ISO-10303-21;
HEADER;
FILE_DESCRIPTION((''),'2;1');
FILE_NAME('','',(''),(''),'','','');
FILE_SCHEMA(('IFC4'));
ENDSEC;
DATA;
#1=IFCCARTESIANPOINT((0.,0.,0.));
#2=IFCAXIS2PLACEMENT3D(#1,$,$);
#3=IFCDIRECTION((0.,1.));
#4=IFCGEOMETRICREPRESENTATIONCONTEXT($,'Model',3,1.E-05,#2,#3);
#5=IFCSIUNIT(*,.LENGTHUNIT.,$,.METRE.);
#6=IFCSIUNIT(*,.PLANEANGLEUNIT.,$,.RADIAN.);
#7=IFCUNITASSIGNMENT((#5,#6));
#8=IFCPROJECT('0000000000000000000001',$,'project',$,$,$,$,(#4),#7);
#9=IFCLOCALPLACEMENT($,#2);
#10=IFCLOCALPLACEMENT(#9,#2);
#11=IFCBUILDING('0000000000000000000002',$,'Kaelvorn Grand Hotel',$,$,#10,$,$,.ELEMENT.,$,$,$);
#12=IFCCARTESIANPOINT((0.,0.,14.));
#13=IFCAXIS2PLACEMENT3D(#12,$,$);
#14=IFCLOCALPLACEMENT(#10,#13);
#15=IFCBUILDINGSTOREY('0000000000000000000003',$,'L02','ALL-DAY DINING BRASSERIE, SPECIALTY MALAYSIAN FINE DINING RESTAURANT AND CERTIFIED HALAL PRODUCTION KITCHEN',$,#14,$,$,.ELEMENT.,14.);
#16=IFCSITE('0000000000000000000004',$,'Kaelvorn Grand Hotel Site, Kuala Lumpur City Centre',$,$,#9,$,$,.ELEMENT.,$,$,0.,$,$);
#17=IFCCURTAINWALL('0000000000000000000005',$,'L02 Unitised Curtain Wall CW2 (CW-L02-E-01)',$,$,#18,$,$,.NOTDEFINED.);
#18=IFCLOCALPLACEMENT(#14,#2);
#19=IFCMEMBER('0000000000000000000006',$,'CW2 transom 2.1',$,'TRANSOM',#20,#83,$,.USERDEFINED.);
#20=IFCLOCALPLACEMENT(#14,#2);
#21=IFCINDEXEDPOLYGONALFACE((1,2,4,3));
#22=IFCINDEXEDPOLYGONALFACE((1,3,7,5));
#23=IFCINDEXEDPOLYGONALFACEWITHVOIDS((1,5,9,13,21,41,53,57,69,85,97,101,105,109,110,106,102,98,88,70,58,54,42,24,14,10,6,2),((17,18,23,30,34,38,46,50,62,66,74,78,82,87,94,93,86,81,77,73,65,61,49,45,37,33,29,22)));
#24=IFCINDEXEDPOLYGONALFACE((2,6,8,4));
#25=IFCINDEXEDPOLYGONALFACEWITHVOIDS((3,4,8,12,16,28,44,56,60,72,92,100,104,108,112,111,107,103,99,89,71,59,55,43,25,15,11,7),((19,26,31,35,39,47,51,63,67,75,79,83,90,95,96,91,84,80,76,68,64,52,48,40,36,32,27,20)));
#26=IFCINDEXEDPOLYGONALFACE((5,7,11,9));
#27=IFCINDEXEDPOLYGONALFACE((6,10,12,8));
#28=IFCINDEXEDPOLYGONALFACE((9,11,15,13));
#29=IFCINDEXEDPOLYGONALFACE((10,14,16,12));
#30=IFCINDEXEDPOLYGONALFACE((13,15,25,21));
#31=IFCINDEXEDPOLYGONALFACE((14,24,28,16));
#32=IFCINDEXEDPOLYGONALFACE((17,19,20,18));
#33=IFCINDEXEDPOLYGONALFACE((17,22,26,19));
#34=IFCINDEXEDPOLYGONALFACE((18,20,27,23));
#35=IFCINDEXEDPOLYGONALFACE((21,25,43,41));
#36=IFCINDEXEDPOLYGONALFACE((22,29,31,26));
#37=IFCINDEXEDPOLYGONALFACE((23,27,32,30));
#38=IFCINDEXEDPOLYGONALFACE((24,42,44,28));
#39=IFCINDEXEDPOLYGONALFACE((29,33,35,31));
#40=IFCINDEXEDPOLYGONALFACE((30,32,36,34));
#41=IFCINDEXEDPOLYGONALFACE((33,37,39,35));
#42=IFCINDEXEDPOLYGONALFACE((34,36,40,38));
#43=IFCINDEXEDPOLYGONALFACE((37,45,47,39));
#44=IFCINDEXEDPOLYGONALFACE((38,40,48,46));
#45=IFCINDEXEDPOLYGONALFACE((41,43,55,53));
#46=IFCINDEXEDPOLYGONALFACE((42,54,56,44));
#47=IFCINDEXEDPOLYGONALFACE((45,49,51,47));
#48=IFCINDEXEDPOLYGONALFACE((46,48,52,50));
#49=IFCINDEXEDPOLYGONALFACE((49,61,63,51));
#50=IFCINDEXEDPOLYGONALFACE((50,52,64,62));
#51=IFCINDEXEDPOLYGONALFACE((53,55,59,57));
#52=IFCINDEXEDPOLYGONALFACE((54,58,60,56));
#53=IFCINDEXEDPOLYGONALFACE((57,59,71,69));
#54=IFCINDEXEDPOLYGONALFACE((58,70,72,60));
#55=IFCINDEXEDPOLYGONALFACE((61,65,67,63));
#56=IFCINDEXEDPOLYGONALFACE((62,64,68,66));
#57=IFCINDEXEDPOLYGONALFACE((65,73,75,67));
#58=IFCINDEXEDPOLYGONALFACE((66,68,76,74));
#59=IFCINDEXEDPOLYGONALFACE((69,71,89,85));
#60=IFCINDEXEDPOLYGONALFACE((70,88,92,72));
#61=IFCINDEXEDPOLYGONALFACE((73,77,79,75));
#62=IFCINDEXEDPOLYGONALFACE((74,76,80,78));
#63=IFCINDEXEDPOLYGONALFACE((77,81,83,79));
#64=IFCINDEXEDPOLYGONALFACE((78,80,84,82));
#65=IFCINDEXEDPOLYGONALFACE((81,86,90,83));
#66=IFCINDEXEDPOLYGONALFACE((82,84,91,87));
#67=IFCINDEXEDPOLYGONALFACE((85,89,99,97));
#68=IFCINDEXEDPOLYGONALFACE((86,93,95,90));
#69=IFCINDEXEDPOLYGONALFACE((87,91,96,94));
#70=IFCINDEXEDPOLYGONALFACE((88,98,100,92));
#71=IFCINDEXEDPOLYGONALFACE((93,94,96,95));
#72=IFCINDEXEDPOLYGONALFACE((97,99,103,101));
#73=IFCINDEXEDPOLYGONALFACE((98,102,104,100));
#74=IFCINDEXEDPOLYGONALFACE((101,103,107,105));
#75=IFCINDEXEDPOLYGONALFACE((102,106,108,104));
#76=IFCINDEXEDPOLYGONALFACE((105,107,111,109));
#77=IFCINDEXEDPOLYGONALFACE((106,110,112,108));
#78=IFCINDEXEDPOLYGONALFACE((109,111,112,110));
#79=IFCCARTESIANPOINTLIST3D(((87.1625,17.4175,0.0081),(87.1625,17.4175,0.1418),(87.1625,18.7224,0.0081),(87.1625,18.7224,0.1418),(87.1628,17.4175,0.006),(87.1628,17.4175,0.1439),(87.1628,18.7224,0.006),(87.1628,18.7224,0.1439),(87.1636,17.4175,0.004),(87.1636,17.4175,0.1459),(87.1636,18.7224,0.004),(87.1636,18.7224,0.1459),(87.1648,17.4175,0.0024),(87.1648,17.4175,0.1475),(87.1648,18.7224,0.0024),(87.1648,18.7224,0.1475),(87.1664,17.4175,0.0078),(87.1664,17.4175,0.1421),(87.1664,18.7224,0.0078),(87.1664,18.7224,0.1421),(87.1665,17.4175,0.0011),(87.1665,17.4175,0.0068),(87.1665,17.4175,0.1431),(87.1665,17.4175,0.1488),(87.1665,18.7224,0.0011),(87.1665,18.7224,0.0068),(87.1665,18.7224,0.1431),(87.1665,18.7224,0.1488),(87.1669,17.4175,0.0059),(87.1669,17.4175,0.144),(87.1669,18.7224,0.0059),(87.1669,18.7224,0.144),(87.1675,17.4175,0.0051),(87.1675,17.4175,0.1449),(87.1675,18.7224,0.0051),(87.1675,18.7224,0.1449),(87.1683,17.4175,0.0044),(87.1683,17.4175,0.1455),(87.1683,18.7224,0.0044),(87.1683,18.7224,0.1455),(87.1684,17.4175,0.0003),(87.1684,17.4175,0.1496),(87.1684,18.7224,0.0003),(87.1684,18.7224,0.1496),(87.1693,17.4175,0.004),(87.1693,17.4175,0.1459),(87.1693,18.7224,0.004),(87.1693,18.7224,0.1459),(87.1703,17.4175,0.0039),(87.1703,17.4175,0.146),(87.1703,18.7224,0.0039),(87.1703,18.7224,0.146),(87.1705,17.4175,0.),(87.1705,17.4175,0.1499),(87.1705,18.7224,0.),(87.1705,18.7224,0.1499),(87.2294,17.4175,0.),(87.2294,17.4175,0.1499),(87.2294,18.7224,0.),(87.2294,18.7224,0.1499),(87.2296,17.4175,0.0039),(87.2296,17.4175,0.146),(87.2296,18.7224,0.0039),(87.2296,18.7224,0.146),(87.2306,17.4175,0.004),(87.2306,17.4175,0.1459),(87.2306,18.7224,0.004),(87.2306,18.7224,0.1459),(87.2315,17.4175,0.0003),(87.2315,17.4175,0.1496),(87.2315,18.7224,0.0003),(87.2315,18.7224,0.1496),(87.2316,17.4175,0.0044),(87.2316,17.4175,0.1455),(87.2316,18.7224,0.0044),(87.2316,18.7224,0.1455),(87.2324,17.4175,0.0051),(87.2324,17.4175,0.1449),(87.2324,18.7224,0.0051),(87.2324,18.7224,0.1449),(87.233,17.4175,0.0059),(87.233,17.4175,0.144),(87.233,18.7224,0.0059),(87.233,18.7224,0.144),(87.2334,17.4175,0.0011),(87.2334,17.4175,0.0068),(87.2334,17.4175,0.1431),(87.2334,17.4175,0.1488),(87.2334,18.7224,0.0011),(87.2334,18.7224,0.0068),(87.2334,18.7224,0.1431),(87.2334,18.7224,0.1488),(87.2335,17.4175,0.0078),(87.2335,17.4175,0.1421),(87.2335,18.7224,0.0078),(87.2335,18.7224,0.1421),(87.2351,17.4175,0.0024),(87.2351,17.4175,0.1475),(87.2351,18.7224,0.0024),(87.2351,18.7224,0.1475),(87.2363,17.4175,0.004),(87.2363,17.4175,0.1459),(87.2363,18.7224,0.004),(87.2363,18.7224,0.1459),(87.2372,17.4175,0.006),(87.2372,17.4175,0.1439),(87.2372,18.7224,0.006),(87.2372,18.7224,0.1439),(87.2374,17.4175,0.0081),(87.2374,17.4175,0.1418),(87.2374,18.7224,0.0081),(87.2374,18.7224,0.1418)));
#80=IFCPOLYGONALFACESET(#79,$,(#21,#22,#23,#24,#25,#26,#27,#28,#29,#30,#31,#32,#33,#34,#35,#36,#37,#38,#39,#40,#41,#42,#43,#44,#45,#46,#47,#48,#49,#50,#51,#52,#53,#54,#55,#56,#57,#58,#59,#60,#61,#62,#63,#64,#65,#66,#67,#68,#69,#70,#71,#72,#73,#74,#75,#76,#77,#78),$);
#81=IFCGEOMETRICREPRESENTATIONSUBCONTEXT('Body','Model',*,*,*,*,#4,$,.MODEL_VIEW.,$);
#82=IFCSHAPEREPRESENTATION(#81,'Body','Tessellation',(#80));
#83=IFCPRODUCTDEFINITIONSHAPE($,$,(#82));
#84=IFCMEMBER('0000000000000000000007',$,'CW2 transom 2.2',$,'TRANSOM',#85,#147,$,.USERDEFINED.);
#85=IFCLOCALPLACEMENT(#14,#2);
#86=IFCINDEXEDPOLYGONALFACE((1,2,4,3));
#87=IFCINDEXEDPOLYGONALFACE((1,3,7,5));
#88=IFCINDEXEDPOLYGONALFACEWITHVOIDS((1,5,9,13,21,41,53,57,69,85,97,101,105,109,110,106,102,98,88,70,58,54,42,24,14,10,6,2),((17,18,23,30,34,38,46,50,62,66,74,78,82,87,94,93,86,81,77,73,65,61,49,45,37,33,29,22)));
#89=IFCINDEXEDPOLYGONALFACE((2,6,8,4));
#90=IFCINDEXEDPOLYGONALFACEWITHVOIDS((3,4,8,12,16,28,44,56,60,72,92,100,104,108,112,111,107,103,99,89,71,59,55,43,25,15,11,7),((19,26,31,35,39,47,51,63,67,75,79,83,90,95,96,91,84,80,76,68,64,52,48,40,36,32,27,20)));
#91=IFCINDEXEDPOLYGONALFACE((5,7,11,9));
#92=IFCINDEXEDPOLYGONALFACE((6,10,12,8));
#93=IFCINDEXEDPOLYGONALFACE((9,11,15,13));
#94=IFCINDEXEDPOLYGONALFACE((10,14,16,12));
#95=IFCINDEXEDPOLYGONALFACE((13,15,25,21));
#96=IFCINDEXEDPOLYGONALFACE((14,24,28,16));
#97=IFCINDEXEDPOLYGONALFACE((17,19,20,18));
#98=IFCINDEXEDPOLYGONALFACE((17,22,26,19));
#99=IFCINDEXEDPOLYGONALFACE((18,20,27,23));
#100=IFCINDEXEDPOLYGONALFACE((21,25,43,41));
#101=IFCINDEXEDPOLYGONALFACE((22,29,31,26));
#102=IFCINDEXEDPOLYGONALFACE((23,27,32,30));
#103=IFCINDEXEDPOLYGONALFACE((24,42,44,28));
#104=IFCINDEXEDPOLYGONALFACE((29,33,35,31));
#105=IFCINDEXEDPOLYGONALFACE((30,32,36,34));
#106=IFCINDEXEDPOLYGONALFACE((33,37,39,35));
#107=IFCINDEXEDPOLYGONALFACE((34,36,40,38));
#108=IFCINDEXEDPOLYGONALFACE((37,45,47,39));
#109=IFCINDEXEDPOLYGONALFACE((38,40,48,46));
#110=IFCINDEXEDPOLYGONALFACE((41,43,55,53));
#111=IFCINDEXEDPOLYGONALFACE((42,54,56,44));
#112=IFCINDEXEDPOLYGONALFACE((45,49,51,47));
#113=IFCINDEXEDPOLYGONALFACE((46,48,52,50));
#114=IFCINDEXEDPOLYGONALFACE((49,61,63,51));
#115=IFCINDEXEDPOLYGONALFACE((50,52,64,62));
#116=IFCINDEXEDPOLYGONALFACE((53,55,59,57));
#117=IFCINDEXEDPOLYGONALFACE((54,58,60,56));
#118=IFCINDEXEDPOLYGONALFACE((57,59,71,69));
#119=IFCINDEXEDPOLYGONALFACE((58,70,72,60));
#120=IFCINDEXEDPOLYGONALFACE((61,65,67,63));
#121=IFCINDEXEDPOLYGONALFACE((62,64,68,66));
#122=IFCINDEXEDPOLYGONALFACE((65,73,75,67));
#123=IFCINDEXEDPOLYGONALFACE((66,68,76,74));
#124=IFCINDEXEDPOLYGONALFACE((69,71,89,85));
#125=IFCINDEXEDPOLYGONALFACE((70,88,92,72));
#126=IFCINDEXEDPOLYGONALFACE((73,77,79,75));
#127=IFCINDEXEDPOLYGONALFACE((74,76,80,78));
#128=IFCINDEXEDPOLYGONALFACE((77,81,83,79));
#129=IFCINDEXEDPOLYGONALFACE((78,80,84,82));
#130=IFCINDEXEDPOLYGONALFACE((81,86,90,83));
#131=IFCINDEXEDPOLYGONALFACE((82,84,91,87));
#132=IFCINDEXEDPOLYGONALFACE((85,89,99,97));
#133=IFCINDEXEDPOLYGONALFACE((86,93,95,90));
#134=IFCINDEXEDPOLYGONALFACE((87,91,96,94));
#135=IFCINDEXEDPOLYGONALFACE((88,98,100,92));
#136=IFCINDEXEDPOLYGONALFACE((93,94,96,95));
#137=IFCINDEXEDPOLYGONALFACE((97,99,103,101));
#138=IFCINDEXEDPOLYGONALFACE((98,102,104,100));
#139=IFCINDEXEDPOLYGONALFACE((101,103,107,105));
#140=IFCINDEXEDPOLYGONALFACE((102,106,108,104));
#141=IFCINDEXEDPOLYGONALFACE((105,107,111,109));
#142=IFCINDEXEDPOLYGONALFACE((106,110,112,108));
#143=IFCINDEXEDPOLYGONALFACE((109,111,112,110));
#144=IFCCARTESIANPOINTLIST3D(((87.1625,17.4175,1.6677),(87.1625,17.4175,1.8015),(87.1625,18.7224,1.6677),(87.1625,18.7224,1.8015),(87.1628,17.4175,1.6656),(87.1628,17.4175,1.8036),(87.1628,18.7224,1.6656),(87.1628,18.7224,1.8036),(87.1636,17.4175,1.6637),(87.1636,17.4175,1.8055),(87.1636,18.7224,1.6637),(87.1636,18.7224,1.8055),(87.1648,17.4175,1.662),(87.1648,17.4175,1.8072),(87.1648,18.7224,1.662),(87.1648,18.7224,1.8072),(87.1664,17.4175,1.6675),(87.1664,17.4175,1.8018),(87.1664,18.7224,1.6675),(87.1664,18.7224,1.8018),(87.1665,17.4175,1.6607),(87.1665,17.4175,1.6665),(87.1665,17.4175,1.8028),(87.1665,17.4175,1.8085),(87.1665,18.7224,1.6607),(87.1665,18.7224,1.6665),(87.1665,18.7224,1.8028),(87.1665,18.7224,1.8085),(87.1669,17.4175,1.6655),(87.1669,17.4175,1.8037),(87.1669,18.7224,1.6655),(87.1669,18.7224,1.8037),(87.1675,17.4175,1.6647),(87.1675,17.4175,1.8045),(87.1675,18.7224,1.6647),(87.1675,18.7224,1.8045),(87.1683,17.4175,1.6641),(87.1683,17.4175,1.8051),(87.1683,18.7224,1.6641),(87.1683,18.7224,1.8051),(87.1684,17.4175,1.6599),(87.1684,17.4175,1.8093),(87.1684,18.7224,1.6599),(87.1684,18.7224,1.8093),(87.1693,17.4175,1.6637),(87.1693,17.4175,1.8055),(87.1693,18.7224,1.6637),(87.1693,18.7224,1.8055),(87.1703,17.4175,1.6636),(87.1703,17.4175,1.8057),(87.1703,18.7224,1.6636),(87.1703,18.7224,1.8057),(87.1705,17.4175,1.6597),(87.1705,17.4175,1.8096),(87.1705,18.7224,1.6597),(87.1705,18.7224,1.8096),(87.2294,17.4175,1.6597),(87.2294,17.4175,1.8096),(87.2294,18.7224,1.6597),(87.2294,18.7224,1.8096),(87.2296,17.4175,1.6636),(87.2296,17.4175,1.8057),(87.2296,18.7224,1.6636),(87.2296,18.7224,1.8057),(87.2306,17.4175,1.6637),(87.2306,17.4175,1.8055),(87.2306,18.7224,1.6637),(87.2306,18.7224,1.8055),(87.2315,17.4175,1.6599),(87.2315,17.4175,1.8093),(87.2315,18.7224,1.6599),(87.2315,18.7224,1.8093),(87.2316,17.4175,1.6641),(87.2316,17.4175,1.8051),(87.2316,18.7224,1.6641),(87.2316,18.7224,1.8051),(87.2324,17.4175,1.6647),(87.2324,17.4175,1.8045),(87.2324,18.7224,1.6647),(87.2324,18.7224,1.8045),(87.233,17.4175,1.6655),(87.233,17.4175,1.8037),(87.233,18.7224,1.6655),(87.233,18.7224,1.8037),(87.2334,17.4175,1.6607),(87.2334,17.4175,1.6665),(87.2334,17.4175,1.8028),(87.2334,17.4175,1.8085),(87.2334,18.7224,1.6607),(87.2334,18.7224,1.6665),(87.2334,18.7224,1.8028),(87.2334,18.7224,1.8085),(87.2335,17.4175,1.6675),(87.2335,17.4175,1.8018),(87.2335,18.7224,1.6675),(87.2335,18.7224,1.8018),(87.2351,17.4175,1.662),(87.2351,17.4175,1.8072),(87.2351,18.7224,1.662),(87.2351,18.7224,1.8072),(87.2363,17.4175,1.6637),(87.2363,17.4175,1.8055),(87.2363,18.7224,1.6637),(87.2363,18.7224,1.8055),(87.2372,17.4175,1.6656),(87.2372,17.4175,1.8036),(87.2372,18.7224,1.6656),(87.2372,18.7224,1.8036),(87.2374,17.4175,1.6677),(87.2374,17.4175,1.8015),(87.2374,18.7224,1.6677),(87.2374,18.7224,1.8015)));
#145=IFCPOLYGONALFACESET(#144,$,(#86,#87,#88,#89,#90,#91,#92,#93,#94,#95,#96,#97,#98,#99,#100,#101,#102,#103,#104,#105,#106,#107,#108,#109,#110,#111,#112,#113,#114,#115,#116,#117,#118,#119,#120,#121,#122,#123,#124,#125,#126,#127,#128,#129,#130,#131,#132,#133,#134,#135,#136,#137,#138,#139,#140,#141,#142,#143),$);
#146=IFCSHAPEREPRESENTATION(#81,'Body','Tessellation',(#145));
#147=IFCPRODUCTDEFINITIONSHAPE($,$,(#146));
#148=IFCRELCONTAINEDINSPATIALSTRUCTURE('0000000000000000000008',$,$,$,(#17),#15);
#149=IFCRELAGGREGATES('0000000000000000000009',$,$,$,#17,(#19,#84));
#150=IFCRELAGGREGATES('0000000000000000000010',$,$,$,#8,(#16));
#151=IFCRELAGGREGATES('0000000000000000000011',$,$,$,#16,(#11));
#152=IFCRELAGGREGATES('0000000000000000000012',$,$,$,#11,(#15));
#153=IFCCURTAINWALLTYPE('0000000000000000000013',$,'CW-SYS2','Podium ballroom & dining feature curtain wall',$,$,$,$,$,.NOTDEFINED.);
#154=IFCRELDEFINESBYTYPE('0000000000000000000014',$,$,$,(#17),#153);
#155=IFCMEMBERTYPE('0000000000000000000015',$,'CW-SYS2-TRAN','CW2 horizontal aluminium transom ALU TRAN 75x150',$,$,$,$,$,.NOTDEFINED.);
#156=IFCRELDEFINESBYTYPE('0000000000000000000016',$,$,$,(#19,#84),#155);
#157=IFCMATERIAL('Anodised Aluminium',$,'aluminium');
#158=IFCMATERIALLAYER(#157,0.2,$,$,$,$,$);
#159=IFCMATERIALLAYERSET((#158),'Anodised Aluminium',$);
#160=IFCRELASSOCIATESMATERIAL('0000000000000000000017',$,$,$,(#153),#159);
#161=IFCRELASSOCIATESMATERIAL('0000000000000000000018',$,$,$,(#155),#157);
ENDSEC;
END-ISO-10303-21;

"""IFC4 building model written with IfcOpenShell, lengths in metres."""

from ifc_helpers import new_model, si_unit, direction, frame, origin, origin_2d, place, context, subcontext, project, spatial, hollow_rectangle, extrude, material, layer, layer_set, material_profile, profile_set, type_object, element, aggregate, save


model = new_model("IFC4")

# Units and contexts
model_context = context("Model", 3, precision=1e-05, world=origin(), true_north=direction((0.0, 1.0)))
body_context = subcontext(model_context, "Body", "Model", "MODEL_VIEW")
ifc_project = project(units=[si_unit("LENGTHUNIT", "METRE"), si_unit("PLANEANGLEUNIT", "RADIAN")], contexts=[model_context])

# Site, building, storey
site_placement = place(None, origin())
site = spatial("IfcSite", under=ifc_project, at=site_placement, Name="Kaelvorn Grand Hotel Site, Kuala Lumpur City Centre", CompositionType="ELEMENT", RefElevation=0.0)
building_placement = place(site_placement, origin())
building = spatial("IfcBuilding", under=site, at=building_placement, Name="Kaelvorn Grand Hotel", CompositionType="ELEMENT")
storey_placement = place(building_placement, frame((0.0, 0.0, 14.0)))
storey = spatial("IfcBuildingStorey", under=building, at=storey_placement, Name="L02", Description="ALL-DAY DINING BRASSERIE, SPECIALTY MALAYSIAN FINE DINING RESTAURANT AND CERTIFIED HALAL PRODUCTION KITCHEN", CompositionType="ELEMENT", Elevation=14.0)

# Curtain wall, members
ifc_material_1 = material(Name="Anodised Aluminium", Category="aluminium")
ifc_layer_1 = layer(ifc_material_1, 0.2)
ifc_layer_set_1 = layer_set([ifc_layer_1], Name="Anodised Aluminium")
curtain_wall_type = type_object("IfcCurtainWallType", Name="CW-SYS2", Description="Podium ballroom & dining feature curtain wall", PredefinedType="NOTDEFINED", material=ifc_layer_set_1)
curtain_wall_placement = place(storey_placement, origin())
curtain_wall = element("IfcCurtainWall", 1, at=curtain_wall_placement, inside=storey, type_object=curtain_wall_type, Name="L02 Unitised Curtain Wall CW2 (CW-L02-E-01)", PredefinedType="NOTDEFINED")
ifc_material_profile_1 = material_profile(ifc_material_1, hollow_rectangle(XDim=0.075, YDim=0.1499, WallThickness=0.0039, InnerFilletRadius=0.0039, OuterFilletRadius=0.0081, at=origin_2d()), Name="ALU TRAN 75x150")
ifc_profile_set_1 = profile_set([ifc_material_profile_1], Name="Anodised Aluminium")
member_type_1 = type_object("IfcMemberType", Name="CW-SYS2-TRAN", Description="CW2 horizontal aluminium transom ALU TRAN 75x150", PredefinedType="NOTDEFINED", material=ifc_profile_set_1)
member_1_placement = place(storey_placement, frame((87.2, 17.4175, 0.075), z_axis=(0.0, 1.0, 0.0), x_axis=(-1.0, 0.0, 0.0)))
member_1 = element("IfcMember", 2, at=member_1_placement, type_object=member_type_1, Name="CW2 transom 2.1", ObjectType="TRANSOM", PredefinedType="USERDEFINED", context=body_context, shape_type="SweptSolid", body=[
    extrude(hollow_rectangle(XDim=0.075, YDim=0.1499, WallThickness=0.0039, InnerFilletRadius=0.0039, OuterFilletRadius=0.0081, at=origin_2d()), origin(), (0.0, 0.0, 1.0), 1.3049),
])
member_2_placement = place(storey_placement, frame((87.2, 17.4175, 1.7346), z_axis=(0.0, 1.0, 0.0), x_axis=(-1.0, 0.0, 0.0)))
member_2 = element("IfcMember", 3, at=member_2_placement, type_object=member_type_1, Name="CW2 transom 2.2", ObjectType="TRANSOM", PredefinedType="USERDEFINED", context=body_context, shape_type="SweptSolid", body=[
    extrude(hollow_rectangle(XDim=0.075, YDim=0.1499, WallThickness=0.0039, InnerFilletRadius=0.0039, OuterFilletRadius=0.0081, at=origin_2d()), origin(), (0.0, 0.0, 1.0), 1.3049),
])
aggregate(curtain_wall, [member_1, member_2])

save(model, "model.ifc")
